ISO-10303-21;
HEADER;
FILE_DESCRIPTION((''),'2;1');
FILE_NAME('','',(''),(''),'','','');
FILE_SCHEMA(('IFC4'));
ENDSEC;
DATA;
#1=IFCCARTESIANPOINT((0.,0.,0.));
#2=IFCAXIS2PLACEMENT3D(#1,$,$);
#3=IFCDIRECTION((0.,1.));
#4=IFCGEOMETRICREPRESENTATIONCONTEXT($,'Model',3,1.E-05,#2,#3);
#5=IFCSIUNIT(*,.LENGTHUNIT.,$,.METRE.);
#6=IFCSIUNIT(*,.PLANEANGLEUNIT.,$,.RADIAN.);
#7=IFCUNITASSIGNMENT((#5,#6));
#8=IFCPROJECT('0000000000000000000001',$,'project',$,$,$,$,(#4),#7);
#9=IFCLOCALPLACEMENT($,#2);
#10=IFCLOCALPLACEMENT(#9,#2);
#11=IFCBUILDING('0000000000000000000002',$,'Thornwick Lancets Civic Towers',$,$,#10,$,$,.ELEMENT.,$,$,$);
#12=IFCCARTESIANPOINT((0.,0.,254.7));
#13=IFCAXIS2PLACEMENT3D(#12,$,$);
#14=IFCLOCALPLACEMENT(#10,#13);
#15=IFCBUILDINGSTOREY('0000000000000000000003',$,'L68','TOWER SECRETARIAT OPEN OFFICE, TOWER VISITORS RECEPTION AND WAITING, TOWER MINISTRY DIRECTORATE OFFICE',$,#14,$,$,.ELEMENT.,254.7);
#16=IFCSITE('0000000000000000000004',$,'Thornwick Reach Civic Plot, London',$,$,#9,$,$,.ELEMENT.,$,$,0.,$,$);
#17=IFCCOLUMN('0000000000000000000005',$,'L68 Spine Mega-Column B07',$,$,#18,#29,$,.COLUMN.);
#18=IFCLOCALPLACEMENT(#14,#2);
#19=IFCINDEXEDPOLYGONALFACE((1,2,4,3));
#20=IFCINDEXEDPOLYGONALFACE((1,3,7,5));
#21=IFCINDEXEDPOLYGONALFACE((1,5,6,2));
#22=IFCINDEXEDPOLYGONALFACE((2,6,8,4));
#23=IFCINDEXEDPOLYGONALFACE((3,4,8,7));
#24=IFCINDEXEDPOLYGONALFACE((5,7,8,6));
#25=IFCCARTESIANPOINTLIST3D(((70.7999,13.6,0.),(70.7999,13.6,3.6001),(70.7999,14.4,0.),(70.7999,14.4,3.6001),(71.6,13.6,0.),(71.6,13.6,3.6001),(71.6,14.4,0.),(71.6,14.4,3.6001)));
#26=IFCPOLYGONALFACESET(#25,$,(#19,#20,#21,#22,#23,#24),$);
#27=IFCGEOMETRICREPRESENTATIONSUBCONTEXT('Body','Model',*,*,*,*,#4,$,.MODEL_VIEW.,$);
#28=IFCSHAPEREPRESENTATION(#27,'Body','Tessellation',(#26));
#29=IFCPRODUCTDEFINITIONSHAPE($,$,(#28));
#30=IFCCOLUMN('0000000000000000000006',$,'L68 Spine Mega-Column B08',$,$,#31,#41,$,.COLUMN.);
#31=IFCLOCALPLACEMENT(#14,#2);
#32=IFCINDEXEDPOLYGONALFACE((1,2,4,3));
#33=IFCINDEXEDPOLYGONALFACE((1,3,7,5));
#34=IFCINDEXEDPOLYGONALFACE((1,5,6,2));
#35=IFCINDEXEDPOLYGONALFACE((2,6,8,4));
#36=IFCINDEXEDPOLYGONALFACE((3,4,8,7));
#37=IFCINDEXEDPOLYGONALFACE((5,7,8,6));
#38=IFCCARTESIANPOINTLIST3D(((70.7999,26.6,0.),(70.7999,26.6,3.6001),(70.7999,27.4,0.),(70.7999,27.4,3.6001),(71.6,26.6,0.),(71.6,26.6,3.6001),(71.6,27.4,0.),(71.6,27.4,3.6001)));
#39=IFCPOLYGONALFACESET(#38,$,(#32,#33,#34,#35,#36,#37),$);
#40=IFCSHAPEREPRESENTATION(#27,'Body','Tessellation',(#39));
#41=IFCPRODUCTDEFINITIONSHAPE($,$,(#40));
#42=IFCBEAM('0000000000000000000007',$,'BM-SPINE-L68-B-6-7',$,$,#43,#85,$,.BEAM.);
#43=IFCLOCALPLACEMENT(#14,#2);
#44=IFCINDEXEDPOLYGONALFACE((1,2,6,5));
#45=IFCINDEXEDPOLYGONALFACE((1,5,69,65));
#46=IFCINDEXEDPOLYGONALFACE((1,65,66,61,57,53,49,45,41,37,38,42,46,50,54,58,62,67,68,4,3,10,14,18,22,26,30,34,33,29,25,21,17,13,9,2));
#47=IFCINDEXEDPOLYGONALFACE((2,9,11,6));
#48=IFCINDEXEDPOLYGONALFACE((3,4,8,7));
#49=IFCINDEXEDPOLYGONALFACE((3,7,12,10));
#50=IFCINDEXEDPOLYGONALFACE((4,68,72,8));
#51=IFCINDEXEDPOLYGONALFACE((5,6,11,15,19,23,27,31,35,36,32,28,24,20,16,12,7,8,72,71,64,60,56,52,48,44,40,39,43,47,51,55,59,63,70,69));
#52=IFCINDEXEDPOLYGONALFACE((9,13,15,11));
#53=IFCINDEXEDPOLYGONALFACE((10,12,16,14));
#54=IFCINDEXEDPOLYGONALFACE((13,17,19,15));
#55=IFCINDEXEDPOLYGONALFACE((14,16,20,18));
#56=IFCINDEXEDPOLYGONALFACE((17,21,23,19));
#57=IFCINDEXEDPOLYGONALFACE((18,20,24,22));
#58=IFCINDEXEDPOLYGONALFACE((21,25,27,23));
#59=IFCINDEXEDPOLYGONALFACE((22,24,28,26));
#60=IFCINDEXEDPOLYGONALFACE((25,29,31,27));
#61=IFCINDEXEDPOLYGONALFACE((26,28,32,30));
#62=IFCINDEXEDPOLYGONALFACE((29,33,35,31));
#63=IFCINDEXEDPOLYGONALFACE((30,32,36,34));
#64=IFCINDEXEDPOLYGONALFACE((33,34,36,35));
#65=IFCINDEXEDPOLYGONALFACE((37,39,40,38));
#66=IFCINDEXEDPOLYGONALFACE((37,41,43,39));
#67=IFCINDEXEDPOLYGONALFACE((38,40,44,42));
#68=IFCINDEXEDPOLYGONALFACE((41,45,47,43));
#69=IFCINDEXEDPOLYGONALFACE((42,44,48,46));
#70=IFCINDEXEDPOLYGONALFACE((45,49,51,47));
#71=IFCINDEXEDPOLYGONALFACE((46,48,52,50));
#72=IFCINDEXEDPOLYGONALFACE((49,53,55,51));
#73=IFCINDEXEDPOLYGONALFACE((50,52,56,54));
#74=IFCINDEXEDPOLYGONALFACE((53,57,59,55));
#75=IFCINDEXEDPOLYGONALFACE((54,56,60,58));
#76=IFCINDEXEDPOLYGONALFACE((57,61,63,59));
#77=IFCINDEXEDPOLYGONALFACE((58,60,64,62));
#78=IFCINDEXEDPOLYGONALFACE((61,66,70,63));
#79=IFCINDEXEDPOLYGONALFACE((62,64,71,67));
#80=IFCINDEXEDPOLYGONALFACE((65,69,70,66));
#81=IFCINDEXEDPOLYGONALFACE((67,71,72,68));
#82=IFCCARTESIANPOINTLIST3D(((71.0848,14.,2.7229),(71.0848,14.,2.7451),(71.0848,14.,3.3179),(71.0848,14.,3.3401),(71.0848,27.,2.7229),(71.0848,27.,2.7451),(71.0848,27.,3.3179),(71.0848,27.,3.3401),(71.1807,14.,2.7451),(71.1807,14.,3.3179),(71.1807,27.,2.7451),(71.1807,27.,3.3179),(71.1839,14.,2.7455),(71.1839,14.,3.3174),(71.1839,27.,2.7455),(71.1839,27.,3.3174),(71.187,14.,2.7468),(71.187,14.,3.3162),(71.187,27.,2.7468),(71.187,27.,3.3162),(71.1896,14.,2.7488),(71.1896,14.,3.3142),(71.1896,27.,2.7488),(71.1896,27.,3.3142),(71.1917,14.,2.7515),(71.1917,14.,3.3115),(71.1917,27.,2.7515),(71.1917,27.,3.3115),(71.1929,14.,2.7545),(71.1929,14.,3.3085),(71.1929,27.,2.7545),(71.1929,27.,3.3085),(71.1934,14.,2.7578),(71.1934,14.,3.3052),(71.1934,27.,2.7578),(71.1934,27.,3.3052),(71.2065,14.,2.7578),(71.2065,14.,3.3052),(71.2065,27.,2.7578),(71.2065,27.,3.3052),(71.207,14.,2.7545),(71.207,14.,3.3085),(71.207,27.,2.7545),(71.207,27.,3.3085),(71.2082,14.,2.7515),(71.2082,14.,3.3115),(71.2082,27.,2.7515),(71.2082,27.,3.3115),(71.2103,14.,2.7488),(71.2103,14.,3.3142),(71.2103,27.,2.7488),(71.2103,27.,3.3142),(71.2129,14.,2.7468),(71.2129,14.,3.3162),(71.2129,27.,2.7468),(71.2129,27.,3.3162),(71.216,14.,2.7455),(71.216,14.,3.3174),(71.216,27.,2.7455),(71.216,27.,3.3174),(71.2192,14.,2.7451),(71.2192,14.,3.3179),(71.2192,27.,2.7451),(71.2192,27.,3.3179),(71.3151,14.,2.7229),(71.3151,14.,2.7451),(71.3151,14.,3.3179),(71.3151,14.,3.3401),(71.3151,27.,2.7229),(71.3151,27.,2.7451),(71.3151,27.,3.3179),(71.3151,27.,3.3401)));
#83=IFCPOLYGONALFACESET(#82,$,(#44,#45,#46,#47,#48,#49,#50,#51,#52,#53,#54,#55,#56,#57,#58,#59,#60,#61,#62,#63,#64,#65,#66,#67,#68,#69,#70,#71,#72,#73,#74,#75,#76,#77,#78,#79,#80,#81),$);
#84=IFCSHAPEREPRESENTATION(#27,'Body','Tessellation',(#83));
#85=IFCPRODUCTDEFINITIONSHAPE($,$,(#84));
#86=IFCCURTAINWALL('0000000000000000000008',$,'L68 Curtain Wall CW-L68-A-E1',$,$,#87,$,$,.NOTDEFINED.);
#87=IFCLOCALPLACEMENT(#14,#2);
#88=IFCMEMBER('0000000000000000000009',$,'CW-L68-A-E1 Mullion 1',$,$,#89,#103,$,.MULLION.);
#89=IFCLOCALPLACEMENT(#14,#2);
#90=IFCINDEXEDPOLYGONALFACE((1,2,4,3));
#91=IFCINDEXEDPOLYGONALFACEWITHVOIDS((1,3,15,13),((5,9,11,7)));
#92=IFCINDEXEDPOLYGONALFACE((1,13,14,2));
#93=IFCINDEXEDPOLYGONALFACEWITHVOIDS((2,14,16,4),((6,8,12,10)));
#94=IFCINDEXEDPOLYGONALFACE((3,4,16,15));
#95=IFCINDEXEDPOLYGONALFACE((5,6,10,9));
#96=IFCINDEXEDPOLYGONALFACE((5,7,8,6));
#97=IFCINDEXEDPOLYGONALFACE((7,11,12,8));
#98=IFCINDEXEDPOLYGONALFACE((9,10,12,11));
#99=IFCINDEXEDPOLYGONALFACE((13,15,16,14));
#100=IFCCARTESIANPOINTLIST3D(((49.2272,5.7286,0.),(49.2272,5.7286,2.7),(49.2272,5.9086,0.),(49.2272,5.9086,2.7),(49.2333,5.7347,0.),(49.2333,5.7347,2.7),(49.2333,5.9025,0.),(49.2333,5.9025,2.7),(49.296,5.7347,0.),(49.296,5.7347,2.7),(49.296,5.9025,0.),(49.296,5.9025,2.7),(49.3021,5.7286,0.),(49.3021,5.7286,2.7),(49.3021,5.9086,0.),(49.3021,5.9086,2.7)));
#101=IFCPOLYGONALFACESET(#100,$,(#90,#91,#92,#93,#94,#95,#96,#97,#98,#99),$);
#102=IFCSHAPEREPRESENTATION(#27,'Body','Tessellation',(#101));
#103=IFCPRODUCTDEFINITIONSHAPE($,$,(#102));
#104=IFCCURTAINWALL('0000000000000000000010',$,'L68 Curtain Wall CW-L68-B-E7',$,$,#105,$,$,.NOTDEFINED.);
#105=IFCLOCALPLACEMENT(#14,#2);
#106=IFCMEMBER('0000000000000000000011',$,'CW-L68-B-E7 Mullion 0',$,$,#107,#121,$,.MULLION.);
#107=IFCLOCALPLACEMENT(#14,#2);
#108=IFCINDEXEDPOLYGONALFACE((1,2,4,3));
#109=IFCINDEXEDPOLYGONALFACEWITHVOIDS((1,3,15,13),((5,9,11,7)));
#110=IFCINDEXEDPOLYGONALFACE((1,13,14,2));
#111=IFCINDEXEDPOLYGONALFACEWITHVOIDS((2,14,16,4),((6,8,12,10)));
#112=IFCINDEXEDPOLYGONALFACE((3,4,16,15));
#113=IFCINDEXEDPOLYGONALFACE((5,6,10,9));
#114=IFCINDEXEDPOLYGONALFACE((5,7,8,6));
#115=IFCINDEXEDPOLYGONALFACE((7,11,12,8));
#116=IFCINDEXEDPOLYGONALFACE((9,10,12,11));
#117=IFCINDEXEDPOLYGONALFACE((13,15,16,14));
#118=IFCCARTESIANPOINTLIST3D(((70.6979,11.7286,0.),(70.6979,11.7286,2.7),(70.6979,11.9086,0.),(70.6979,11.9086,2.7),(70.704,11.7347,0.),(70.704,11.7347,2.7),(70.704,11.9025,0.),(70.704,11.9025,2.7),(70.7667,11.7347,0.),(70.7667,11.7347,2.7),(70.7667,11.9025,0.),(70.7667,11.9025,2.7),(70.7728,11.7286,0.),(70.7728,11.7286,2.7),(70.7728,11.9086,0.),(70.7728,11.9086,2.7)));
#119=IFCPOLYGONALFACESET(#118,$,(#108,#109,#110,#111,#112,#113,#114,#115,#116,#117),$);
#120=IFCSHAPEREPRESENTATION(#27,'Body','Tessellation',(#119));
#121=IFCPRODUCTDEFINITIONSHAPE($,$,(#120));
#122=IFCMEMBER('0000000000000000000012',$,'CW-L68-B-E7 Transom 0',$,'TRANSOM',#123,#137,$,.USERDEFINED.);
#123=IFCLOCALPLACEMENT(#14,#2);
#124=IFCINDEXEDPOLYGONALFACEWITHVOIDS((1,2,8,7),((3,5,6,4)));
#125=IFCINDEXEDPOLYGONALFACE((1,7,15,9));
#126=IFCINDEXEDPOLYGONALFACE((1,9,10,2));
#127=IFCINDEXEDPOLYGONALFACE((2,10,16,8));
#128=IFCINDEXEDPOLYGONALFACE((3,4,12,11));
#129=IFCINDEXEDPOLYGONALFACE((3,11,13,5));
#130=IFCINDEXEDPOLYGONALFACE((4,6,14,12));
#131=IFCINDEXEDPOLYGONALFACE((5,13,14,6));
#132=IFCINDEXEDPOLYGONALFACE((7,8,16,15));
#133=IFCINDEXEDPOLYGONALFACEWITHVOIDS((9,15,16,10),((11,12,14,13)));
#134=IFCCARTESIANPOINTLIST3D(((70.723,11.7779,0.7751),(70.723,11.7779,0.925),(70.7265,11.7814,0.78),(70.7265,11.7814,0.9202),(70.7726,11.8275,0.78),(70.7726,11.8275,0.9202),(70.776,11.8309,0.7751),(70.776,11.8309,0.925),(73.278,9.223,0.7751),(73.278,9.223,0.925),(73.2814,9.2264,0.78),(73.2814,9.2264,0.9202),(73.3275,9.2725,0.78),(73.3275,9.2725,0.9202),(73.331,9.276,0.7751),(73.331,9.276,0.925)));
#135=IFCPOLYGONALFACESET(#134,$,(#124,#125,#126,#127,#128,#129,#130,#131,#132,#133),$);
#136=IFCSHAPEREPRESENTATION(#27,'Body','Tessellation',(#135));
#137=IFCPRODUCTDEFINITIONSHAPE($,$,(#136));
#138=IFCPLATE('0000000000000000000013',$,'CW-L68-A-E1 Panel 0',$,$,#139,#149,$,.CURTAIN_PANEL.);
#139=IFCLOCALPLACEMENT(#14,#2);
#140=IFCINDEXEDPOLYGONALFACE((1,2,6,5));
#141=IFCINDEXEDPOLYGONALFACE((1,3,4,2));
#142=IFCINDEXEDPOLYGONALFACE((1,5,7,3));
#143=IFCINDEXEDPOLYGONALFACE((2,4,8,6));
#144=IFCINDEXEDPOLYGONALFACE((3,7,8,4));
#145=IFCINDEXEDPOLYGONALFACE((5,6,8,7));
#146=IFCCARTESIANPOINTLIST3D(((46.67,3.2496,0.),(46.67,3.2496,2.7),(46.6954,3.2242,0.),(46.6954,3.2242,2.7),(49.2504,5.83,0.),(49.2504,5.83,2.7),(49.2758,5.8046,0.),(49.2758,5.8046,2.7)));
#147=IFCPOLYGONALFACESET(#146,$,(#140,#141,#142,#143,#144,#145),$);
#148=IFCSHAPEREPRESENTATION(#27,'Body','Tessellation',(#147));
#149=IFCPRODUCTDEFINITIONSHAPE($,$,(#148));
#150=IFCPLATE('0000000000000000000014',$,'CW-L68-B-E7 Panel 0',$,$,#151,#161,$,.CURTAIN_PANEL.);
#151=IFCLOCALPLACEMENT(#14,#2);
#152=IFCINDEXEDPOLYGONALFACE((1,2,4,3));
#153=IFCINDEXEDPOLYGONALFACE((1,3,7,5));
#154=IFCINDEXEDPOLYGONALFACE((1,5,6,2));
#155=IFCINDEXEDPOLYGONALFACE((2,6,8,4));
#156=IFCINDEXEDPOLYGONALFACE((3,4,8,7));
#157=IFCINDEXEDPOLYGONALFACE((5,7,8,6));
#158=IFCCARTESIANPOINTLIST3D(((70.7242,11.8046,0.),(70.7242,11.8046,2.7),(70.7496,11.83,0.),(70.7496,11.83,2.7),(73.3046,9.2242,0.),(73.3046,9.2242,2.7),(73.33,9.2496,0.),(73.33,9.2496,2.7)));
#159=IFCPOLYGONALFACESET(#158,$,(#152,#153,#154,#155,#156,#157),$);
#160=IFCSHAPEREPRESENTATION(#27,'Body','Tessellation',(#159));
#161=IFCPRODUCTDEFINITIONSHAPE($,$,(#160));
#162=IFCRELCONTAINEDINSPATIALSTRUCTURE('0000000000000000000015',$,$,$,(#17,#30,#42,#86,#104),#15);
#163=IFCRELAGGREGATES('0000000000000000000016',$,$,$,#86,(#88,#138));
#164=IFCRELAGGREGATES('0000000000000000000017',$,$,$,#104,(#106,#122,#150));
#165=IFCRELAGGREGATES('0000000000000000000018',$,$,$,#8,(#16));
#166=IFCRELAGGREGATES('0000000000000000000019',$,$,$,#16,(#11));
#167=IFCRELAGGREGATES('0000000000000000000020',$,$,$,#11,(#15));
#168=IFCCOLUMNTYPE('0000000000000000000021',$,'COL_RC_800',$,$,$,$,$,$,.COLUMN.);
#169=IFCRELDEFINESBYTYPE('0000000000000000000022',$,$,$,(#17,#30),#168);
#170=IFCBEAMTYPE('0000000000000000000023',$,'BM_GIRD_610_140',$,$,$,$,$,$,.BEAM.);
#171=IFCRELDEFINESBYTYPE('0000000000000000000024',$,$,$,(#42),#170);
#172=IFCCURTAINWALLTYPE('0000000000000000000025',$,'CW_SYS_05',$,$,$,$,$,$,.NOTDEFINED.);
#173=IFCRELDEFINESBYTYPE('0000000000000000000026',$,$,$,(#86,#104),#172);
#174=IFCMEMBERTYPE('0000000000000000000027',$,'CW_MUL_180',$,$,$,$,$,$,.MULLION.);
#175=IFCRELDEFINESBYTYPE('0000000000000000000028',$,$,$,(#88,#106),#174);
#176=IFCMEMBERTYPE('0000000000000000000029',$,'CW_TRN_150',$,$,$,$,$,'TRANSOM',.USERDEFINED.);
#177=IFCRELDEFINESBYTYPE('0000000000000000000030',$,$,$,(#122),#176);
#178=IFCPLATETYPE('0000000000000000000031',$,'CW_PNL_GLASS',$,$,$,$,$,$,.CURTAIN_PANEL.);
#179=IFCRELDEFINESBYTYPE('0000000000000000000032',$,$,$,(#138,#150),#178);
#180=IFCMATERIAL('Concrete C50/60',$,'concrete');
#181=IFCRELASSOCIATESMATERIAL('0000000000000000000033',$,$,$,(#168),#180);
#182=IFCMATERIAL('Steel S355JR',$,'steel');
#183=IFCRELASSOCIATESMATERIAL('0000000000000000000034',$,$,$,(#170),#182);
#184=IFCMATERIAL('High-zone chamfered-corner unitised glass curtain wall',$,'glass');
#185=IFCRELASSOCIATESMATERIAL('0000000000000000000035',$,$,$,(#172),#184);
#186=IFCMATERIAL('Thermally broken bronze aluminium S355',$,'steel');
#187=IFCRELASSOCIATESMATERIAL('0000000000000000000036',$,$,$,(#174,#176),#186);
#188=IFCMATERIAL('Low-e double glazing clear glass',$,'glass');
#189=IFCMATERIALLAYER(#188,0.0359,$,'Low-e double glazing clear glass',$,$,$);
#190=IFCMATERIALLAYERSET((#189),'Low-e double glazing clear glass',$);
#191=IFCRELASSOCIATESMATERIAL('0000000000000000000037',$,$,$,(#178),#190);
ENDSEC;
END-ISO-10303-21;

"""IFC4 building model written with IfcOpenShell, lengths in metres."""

from ifc_helpers import new_model, si_unit, direction, frame, origin, origin_2d, place, context, subcontext, project, spatial, rectangle, hollow_rectangle, i_section, extrude, material, layer, layer_set, material_profile, profile_set, type_object, element, aggregate, save


model = new_model("IFC4")

# Units and contexts
model_context = context("Model", 3, precision=1e-05, world=origin(), true_north=direction((0.0, 1.0)))
body_context = subcontext(model_context, "Body", "Model", "MODEL_VIEW")
ifc_project = project(units=[si_unit("LENGTHUNIT", "METRE"), si_unit("PLANEANGLEUNIT", "RADIAN")], contexts=[model_context])

# Site, building, storey
site_placement = place(None, origin())
site = spatial("IfcSite", under=ifc_project, at=site_placement, Name="Thornwick Reach Civic Plot, London", CompositionType="ELEMENT", RefElevation=0.0)
building_placement = place(site_placement, origin())
building = spatial("IfcBuilding", under=site, at=building_placement, Name="Thornwick Lancets Civic Towers", CompositionType="ELEMENT")
storey_placement = place(building_placement, frame((0.0, 0.0, 254.7)))
storey = spatial("IfcBuildingStorey", under=building, at=storey_placement, Name="L68", Description="TOWER SECRETARIAT OPEN OFFICE, TOWER VISITORS RECEPTION AND WAITING, TOWER MINISTRY DIRECTORATE OFFICE", CompositionType="ELEMENT", Elevation=254.7)

# Columns
ifc_material_1 = material(Name="Concrete C50/60", Category="concrete")
ifc_material_profile_1 = material_profile(ifc_material_1, rectangle(XDim=0.8, YDim=0.8, at=origin_2d()), Name="RC 800x800")
ifc_profile_set_1 = profile_set([ifc_material_profile_1], Name="Concrete C50/60")
column_type = type_object("IfcColumnType", Name="COL_RC_800", PredefinedType="COLUMN", material=ifc_profile_set_1)
for number, where, z_axis, x_axis, name in (
    (1, (71.2, 14.0, 0.0), (0.0, 0.0, 1.0), (1.0, 0.0, 0.0), "L68 Spine Mega-Column B07"),
    (2, (71.2, 27.0, 0.0), (0.0, 0.0, 1.0), (1.0, 0.0, 0.0), "L68 Spine Mega-Column B08"),
):
    element("IfcColumn", number, at=place(storey_placement, frame(where, z_axis=z_axis, x_axis=x_axis)), inside=storey, type_object=column_type, Name=name, PredefinedType="COLUMN", context=body_context, shape_type="SweptSolid", body=[
        extrude(rectangle(XDim=0.8, YDim=0.8, at=origin_2d()), origin(), (0.0, 0.0, 1.0), 3.6001),
    ])

# Beam
ifc_material_2 = material(Name="Steel S355JR", Category="steel")
ifc_material_profile_2 = material_profile(ifc_material_2, i_section(OverallWidth=0.2302, OverallDepth=0.6172, WebThickness=0.0132, FlangeThickness=0.0222, FilletRadius=0.0127, at=origin_2d()), Name="UKB 610x229x140")
ifc_profile_set_2 = profile_set([ifc_material_profile_2], Name="Steel S355JR")
beam_type = type_object("IfcBeamType", Name="BM_GIRD_610_140", PredefinedType="BEAM", material=ifc_profile_set_2)
beam_placement = place(storey_placement, frame((71.2, 14.0, 3.0315), z_axis=(0.0, 1.0, 0.0), x_axis=(-1.0, 0.0, 0.0)))
element("IfcBeam", 3, at=beam_placement, inside=storey, type_object=beam_type, Name="BM-SPINE-L68-B-6-7", PredefinedType="BEAM", context=body_context, shape_type="SweptSolid", body=[
    extrude(i_section(OverallWidth=0.2302, OverallDepth=0.6172, WebThickness=0.0132, FlangeThickness=0.0222, FilletRadius=0.0127, at=origin_2d()), origin(), (0.0, 0.0, 1.0), 13.0),
])

# Curtain wall, member
ifc_material_3 = material(Name="High-zone chamfered-corner unitised glass curtain wall", Category="glass")
curtain_wall_type = type_object("IfcCurtainWallType", Name="CW_SYS_05", PredefinedType="NOTDEFINED", material=ifc_material_3)
curtain_wall_1_placement = place(storey_placement, origin())
curtain_wall_1 = element("IfcCurtainWall", 4, at=curtain_wall_1_placement, inside=storey, type_object=curtain_wall_type, Name="L68 Curtain Wall CW-L68-A-E1", PredefinedType="NOTDEFINED")
ifc_material_4 = material(Name="Thermally broken bronze aluminium S355", Category="steel")
ifc_material_profile_3 = material_profile(ifc_material_4, hollow_rectangle(XDim=0.075, YDim=0.1799, WallThickness=0.0061, at=origin_2d()), Name="RHS 180x75x6")
ifc_profile_set_3 = profile_set([ifc_material_profile_3], Name="Thermally broken bronze aluminium S355")
member_type_1 = type_object("IfcMemberType", Name="CW_MUL_180", PredefinedType="MULLION", material=ifc_profile_set_3)
member_1_placement = place(storey_placement, frame((49.2646, 5.8186, 0.0), z_axis=(0.0, 0.0, 1.0), x_axis=(1.0, 0.0, 0.0)))
member_1 = element("IfcMember", 5, at=member_1_placement, type_object=member_type_1, Name="CW-L68-A-E1 Mullion 1", PredefinedType="MULLION", context=body_context, shape_type="SweptSolid", body=[
    extrude(hollow_rectangle(XDim=0.075, YDim=0.1799, WallThickness=0.0061, at=origin_2d()), origin(), (0.0, 0.0, 1.0), 2.7),
])

# Curtain wall, members
curtain_wall_2_placement = place(storey_placement, origin())
curtain_wall_2 = element("IfcCurtainWall", 6, at=curtain_wall_2_placement, inside=storey, type_object=curtain_wall_type, Name="L68 Curtain Wall CW-L68-B-E7", PredefinedType="NOTDEFINED")
member_2_placement = place(storey_placement, frame((70.7354, 11.8186, 0.0), z_axis=(0.0, 0.0, 1.0), x_axis=(1.0, 0.0, 0.0)))
member_2 = element("IfcMember", 7, at=member_2_placement, type_object=member_type_1, Name="CW-L68-B-E7 Mullion 0", PredefinedType="MULLION", context=body_context, shape_type="SweptSolid", body=[
    extrude(hollow_rectangle(XDim=0.075, YDim=0.1799, WallThickness=0.0061, at=origin_2d()), origin(), (0.0, 0.0, 1.0), 2.7),
])
ifc_material_profile_4 = material_profile(ifc_material_4, hollow_rectangle(XDim=0.075, YDim=0.1499, WallThickness=0.0049, at=origin_2d()), Name="RHS 150x75x5")
ifc_profile_set_4 = profile_set([ifc_material_profile_4], Name="Thermally broken bronze aluminium S355")
member_type_2 = type_object("IfcMemberType", Name="CW_TRN_150", ElementType="TRANSOM", PredefinedType="USERDEFINED", material=ifc_profile_set_4)
member_3_placement = place(storey_placement, frame((70.7495, 11.8044, 0.8501), z_axis=(0.707107, -0.707107, 0.0), x_axis=(0.707107, 0.707107, 0.0)))
member_3 = element("IfcMember", 8, at=member_3_placement, type_object=member_type_2, Name="CW-L68-B-E7 Transom 0", ObjectType="TRANSOM", PredefinedType="USERDEFINED", context=body_context, shape_type="SweptSolid", body=[
    extrude(hollow_rectangle(XDim=0.075, YDim=0.1499, WallThickness=0.0049, at=origin_2d()), origin(), (0.0, 0.0, 1.0), 3.6133),
])

# Plates
ifc_material_5 = material(Name="Low-e double glazing clear glass", Category="glass")
ifc_layer_1 = layer(ifc_material_5, 0.0359, Name="Low-e double glazing clear glass")
ifc_layer_set_1 = layer_set([ifc_layer_1], Name="Low-e double glazing clear glass")
plate_type = type_object("IfcPlateType", Name="CW_PNL_GLASS", PredefinedType="CURTAIN_PANEL", material=ifc_layer_set_1)
plate_1_placement = place(storey_placement, frame((47.9729, 4.5271, 0.0), z_axis=(0.0, 0.0, 1.0), x_axis=(0.707107, 0.707107, 0.0)))
plate_1 = element("IfcPlate", 9, at=plate_1_placement, type_object=plate_type, Name="CW-L68-A-E1 Panel 0", PredefinedType="CURTAIN_PANEL", context=body_context, shape_type="SweptSolid", body=[
    extrude(rectangle(XDim=3.6492, YDim=0.0359, at=origin_2d()), origin(), (0.0, 0.0, 1.0), 2.7),
])
aggregate(curtain_wall_1, [member_1, plate_1])
plate_2_placement = place(storey_placement, frame((72.0271, 10.5271, 0.0), z_axis=(0.0, 0.0, 1.0), x_axis=(0.707107, -0.707107, 0.0)))
plate_2 = element("IfcPlate", 10, at=plate_2_placement, type_object=plate_type, Name="CW-L68-B-E7 Panel 0", PredefinedType="CURTAIN_PANEL", context=body_context, shape_type="SweptSolid", body=[
    extrude(rectangle(XDim=3.6492, YDim=0.0359, at=origin_2d()), origin(), (0.0, 0.0, 1.0), 2.7),
])
aggregate(curtain_wall_2, [member_2, member_3, plate_2])

save(model, "model.ifc")
